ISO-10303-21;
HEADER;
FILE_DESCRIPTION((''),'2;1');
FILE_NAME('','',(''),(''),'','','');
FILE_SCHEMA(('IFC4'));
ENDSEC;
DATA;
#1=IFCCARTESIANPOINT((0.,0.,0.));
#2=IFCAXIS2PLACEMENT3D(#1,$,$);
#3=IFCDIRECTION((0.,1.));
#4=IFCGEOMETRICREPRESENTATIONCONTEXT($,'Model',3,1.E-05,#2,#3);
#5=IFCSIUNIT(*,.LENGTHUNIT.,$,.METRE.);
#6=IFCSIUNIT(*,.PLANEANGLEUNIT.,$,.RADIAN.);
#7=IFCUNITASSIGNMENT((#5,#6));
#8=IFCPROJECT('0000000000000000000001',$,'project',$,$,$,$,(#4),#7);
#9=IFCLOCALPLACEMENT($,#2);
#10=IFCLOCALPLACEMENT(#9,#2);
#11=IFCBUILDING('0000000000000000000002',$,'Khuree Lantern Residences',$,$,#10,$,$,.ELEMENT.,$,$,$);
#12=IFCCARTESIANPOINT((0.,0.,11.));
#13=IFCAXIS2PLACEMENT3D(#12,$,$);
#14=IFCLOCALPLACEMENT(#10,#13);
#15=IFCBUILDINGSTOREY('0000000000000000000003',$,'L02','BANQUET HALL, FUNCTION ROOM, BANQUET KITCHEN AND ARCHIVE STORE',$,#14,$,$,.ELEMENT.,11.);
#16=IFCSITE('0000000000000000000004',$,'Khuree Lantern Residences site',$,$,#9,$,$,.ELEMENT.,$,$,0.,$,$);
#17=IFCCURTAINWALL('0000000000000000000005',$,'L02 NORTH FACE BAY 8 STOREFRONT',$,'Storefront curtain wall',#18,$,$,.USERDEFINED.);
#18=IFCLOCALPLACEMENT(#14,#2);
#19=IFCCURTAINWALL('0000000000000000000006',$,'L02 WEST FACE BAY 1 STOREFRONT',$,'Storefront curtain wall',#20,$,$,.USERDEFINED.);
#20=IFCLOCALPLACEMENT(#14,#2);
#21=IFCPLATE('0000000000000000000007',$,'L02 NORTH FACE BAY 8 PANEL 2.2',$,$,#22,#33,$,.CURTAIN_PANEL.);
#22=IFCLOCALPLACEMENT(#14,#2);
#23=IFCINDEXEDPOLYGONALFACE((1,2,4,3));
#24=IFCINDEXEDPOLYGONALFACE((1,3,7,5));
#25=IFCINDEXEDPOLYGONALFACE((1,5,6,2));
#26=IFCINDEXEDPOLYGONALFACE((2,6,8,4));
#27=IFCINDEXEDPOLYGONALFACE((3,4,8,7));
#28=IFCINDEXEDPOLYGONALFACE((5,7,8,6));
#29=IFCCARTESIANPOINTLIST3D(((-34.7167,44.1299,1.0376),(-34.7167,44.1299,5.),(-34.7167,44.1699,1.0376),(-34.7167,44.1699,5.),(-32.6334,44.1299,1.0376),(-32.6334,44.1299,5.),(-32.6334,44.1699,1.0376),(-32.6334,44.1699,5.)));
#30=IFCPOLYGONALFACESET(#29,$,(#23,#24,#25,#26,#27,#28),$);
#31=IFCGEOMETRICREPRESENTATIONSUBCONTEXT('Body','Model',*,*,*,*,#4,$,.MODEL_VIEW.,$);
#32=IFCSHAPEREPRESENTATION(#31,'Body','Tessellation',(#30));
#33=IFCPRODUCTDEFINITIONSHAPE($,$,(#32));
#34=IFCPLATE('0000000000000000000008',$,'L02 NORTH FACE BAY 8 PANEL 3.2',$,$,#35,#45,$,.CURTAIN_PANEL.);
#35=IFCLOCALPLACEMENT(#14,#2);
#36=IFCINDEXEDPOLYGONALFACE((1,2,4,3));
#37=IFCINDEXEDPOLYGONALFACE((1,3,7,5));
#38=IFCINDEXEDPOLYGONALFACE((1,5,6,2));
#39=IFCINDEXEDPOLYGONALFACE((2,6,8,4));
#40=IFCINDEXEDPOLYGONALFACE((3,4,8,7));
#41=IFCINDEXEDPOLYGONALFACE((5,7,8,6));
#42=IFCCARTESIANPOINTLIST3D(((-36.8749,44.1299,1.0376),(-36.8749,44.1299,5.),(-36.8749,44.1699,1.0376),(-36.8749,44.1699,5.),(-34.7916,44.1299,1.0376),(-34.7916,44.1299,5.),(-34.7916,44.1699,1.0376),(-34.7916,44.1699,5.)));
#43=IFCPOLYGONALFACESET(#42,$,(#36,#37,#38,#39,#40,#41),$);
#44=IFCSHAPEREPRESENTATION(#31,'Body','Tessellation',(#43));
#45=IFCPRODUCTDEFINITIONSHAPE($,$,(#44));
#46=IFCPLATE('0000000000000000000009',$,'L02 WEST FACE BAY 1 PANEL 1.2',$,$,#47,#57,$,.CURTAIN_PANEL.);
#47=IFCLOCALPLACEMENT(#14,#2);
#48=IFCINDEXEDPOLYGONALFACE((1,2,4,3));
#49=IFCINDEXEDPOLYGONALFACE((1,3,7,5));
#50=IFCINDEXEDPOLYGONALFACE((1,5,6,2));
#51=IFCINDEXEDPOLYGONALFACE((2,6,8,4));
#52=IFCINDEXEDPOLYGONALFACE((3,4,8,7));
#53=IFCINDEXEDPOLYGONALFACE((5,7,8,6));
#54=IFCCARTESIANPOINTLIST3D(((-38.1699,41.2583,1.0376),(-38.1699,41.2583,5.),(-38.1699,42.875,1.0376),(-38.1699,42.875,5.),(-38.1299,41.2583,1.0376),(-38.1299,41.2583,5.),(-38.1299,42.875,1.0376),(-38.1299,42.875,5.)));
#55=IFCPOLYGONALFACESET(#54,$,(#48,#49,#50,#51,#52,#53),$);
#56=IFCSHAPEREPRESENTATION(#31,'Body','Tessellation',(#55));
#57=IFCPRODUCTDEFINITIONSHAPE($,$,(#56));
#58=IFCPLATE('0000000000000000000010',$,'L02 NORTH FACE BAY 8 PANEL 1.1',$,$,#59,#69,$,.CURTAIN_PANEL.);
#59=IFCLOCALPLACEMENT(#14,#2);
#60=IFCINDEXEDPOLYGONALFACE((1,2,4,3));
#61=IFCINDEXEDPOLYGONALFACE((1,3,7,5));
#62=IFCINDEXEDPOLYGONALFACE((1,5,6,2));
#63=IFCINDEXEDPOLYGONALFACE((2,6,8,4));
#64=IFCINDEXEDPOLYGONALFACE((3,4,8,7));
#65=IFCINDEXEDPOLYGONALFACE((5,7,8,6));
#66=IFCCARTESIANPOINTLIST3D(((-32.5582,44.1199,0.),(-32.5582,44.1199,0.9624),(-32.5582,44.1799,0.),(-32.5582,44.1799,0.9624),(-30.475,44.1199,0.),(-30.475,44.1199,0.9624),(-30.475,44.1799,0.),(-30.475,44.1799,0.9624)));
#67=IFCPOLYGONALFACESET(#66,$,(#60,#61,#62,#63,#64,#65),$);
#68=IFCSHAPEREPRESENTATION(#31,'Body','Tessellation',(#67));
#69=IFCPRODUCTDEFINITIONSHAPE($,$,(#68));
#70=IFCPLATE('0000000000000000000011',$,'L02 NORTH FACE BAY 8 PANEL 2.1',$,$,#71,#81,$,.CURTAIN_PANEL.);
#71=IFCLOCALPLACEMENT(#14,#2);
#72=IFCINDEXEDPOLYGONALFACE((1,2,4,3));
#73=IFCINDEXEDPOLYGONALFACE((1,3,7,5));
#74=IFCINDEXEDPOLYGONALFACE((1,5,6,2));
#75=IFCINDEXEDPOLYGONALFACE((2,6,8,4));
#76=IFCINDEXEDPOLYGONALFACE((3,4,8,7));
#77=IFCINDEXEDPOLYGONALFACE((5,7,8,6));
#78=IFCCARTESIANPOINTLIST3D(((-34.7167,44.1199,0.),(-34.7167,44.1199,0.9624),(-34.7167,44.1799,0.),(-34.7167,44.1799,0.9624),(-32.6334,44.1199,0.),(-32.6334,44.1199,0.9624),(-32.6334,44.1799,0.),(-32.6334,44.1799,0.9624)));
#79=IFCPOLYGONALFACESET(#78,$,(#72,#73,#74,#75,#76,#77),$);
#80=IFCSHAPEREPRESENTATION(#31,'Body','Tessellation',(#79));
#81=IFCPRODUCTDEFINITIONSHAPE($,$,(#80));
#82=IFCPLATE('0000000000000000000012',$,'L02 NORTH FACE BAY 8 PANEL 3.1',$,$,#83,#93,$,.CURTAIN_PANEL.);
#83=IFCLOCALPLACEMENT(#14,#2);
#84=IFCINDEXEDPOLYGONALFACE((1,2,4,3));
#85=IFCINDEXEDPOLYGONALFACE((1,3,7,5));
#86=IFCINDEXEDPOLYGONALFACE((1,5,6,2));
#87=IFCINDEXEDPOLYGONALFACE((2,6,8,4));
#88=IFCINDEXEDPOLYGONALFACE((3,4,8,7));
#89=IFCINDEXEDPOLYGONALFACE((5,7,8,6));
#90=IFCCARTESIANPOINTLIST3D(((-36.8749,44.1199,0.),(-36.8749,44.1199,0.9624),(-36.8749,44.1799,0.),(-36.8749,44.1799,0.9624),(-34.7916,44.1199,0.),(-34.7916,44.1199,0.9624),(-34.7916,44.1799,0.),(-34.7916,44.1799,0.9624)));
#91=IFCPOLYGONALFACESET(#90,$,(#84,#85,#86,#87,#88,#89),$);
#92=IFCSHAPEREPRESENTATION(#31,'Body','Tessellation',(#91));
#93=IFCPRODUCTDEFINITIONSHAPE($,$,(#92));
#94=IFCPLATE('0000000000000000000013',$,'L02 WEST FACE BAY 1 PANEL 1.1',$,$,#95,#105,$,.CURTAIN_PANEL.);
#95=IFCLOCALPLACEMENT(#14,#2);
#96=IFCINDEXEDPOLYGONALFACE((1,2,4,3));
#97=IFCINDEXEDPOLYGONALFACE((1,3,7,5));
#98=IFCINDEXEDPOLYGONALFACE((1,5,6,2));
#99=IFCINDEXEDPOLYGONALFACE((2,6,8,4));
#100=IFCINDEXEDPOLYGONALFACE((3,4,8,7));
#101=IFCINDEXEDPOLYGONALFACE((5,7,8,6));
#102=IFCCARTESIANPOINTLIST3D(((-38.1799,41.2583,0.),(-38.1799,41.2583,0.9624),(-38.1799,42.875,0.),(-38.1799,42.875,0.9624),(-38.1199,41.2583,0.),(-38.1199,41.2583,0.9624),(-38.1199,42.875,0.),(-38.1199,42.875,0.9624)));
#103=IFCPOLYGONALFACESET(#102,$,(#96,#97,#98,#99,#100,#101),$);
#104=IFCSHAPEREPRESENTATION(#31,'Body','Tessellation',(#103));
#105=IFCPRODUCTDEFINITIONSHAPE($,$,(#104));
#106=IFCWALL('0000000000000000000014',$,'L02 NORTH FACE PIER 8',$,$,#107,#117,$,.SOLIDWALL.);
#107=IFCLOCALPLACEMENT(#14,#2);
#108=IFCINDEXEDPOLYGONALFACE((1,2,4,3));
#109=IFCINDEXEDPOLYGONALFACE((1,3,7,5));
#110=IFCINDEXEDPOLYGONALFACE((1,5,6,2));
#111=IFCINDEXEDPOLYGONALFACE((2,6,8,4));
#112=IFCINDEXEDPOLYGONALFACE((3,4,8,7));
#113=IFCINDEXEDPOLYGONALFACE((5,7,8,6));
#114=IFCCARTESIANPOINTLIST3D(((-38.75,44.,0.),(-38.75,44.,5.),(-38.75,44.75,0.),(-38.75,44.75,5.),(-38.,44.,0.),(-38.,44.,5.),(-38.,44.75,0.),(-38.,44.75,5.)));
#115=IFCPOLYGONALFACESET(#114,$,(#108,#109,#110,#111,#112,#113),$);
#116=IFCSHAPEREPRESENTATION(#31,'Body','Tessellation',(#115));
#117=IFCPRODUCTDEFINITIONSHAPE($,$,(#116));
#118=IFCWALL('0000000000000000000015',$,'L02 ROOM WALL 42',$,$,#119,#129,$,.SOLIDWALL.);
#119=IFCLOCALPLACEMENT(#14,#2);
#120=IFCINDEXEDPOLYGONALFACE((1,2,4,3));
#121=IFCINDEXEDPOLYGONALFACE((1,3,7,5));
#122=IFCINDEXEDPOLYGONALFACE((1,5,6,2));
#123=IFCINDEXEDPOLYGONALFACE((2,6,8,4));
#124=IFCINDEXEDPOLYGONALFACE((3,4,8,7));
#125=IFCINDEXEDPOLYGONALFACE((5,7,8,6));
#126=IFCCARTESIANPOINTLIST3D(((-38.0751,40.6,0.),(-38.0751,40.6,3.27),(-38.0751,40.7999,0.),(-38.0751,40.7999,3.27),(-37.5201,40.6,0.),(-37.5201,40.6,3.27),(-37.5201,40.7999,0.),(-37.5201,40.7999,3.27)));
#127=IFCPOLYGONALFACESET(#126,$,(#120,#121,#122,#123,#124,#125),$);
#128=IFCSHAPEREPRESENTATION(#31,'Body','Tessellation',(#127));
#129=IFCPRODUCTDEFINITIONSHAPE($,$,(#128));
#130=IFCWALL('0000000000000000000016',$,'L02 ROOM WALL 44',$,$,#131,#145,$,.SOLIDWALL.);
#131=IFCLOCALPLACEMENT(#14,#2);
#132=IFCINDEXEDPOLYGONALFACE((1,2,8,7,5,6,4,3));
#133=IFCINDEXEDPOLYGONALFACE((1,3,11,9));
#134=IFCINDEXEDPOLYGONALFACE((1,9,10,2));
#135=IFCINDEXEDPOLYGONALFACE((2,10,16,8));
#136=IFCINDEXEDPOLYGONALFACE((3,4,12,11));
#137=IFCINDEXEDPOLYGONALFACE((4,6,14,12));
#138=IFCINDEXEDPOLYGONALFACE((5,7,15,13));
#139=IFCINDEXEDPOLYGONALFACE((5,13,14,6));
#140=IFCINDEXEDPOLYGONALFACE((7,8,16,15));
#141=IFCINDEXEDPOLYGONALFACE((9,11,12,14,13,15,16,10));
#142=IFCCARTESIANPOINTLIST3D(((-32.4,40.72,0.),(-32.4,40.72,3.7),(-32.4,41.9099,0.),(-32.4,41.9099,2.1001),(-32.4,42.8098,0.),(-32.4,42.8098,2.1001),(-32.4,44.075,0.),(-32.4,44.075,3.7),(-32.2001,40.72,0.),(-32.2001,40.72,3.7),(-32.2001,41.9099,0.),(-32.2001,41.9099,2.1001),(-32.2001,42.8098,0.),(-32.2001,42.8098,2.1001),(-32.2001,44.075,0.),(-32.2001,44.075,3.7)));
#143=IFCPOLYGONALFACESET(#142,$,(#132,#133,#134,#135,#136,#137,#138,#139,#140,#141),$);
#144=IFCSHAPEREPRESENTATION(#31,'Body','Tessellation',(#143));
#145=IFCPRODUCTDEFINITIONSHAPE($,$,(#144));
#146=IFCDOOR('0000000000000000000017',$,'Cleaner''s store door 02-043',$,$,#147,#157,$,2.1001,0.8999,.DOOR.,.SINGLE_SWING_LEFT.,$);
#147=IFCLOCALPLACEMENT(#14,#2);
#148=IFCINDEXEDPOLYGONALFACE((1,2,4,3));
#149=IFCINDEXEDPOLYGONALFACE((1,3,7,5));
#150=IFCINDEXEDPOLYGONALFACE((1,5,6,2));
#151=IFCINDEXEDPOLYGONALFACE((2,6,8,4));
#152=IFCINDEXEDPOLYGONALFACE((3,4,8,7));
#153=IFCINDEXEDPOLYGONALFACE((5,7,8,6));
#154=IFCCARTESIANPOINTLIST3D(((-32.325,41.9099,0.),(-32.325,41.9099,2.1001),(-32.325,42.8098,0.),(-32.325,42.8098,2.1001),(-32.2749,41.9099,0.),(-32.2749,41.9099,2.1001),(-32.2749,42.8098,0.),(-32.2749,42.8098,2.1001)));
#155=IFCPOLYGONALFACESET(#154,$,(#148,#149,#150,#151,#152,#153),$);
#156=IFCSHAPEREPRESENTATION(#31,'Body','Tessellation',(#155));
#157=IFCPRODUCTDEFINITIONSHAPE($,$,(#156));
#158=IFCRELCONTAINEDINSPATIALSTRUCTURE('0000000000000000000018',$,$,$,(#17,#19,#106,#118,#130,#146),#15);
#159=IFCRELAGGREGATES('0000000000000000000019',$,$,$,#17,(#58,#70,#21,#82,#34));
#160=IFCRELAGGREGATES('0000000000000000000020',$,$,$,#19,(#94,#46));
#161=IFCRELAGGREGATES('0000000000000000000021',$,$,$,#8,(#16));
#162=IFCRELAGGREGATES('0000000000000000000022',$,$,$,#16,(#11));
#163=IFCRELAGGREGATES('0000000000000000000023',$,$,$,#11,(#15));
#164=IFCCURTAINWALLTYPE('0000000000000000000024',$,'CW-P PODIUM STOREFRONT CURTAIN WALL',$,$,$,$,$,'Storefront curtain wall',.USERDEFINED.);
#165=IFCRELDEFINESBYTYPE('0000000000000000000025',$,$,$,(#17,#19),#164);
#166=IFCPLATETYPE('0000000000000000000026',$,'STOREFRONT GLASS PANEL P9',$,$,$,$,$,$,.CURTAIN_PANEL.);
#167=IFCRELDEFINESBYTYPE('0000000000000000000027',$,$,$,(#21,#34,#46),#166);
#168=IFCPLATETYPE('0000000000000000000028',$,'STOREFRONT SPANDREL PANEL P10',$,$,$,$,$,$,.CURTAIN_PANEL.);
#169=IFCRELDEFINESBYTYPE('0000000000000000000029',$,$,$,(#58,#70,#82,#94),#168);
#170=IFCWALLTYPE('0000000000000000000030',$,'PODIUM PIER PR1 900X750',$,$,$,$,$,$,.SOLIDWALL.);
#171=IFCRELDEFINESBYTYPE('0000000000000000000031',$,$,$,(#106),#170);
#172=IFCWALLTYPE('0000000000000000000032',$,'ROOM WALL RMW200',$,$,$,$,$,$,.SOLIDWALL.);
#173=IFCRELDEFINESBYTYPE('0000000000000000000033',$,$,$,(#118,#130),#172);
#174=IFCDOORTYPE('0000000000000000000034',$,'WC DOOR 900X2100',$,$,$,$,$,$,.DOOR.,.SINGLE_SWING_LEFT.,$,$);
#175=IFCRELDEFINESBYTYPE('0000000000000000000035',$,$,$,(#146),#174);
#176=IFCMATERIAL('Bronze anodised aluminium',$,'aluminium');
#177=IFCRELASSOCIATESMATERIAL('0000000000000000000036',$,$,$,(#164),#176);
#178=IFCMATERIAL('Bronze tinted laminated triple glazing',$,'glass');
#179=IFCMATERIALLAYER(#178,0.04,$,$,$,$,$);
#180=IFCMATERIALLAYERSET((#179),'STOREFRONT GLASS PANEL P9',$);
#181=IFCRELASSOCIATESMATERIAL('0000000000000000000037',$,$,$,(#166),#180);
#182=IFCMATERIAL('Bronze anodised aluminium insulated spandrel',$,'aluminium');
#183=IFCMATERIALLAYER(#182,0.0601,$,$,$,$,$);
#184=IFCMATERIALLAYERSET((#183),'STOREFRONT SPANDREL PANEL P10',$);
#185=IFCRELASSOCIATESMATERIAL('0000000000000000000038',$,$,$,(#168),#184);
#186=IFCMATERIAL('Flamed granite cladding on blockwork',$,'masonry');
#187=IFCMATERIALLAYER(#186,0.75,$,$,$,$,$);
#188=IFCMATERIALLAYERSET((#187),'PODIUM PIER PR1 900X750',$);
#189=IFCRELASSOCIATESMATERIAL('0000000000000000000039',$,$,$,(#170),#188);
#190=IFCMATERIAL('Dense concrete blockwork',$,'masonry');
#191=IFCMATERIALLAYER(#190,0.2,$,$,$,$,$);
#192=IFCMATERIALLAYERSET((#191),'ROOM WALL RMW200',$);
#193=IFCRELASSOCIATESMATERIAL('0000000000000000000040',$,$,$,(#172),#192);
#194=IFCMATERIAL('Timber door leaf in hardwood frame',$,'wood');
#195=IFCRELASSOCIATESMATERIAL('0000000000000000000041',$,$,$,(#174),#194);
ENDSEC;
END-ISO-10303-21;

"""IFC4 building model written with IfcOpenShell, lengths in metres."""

from ifc_helpers import new_model, si_unit, direction, frame, frame_2d, origin, origin_2d, place, context, subcontext, project, spatial, rectangle, extrude, material, layer, layer_set, type_object, element, fill, aggregate, save


model = new_model("IFC4")

# Units and contexts
model_context = context("Model", 3, precision=1e-05, world=origin(), true_north=direction((0.0, 1.0)))
body_context = subcontext(model_context, "Body", "Model", "MODEL_VIEW")
ifc_project = project(units=[si_unit("LENGTHUNIT", "METRE"), si_unit("PLANEANGLEUNIT", "RADIAN")], contexts=[model_context])

# Site, building, storey
site_placement = place(None, origin())
site = spatial("IfcSite", under=ifc_project, at=site_placement, Name="Khuree Lantern Residences site", CompositionType="ELEMENT", RefElevation=0.0)
building_placement = place(site_placement, origin())
building = spatial("IfcBuilding", under=site, at=building_placement, Name="Khuree Lantern Residences", CompositionType="ELEMENT")
storey_placement = place(building_placement, frame((0.0, 0.0, 11.0)))
storey = spatial("IfcBuildingStorey", under=building, at=storey_placement, Name="L02", Description="BANQUET HALL, FUNCTION ROOM, BANQUET KITCHEN AND ARCHIVE STORE", CompositionType="ELEMENT", Elevation=11.0)

# Curtain walls
ifc_material_1 = material(Name="Bronze anodised aluminium", Category="aluminium")
curtain_wall_type = type_object("IfcCurtainWallType", Name="CW-P PODIUM STOREFRONT CURTAIN WALL", ElementType="Storefront curtain wall", PredefinedType="USERDEFINED", material=ifc_material_1)
curtain_wall_1_placement = place(storey_placement, origin())
curtain_wall_1 = element("IfcCurtainWall", 1, at=curtain_wall_1_placement, inside=storey, type_object=curtain_wall_type, Name="L02 NORTH FACE BAY 8 STOREFRONT", ObjectType="Storefront curtain wall", PredefinedType="USERDEFINED")
curtain_wall_2_placement = place(storey_placement, origin())
curtain_wall_2 = element("IfcCurtainWall", 2, at=curtain_wall_2_placement, inside=storey, type_object=curtain_wall_type, Name="L02 WEST FACE BAY 1 STOREFRONT", ObjectType="Storefront curtain wall", PredefinedType="USERDEFINED")

# Plates
ifc_material_2 = material(Name="Bronze tinted laminated triple glazing", Category="glass")
ifc_layer_1 = layer(ifc_material_2, 0.04)
ifc_layer_set_1 = layer_set([ifc_layer_1], Name="STOREFRONT GLASS PANEL P9")
plate_type_1 = type_object("IfcPlateType", Name="STOREFRONT GLASS PANEL P9", PredefinedType="CURTAIN_PANEL", material=ifc_layer_set_1)
plate_1_placement = place(storey_placement, frame((-33.675, 44.1499, 1.0376), z_axis=(0.0, 0.0, 1.0), x_axis=(-1.0, 0.0, 0.0)))
plate_1 = element("IfcPlate", 3, at=plate_1_placement, type_object=plate_type_1, Name="L02 NORTH FACE BAY 8 PANEL 2.2", PredefinedType="CURTAIN_PANEL", context=body_context, shape_type="SweptSolid", body=[
    extrude(rectangle(XDim=2.0833, YDim=0.04, at=origin_2d()), origin(), (0.0, 0.0, 1.0), 3.9624),
])
plate_2_placement = place(storey_placement, frame((-35.8333, 44.1499, 1.0376), z_axis=(0.0, 0.0, 1.0), x_axis=(-1.0, 0.0, 0.0)))
plate_2 = element("IfcPlate", 4, at=plate_2_placement, type_object=plate_type_1, Name="L02 NORTH FACE BAY 8 PANEL 3.2", PredefinedType="CURTAIN_PANEL", context=body_context, shape_type="SweptSolid", body=[
    extrude(rectangle(XDim=2.0833, YDim=0.04, at=origin_2d()), origin(), (0.0, 0.0, 1.0), 3.9624),
])
plate_3_placement = place(storey_placement, frame((-38.1499, 42.0667, 1.0376), z_axis=(0.0, 0.0, 1.0), x_axis=(0.0, -1.0, 0.0)))
plate_3 = element("IfcPlate", 5, at=plate_3_placement, type_object=plate_type_1, Name="L02 WEST FACE BAY 1 PANEL 1.2", PredefinedType="CURTAIN_PANEL", context=body_context, shape_type="SweptSolid", body=[
    extrude(rectangle(XDim=1.6167, YDim=0.04, at=origin_2d()), origin(), (0.0, 0.0, 1.0), 3.9624),
])
ifc_material_3 = material(Name="Bronze anodised aluminium insulated spandrel", Category="aluminium")
ifc_layer_2 = layer(ifc_material_3, 0.0601)
ifc_layer_set_2 = layer_set([ifc_layer_2], Name="STOREFRONT SPANDREL PANEL P10")
plate_type_2 = type_object("IfcPlateType", Name="STOREFRONT SPANDREL PANEL P10", PredefinedType="CURTAIN_PANEL", material=ifc_layer_set_2)
plate_4_placement = place(storey_placement, frame((-31.5166, 44.1499, 0.0), z_axis=(0.0, 0.0, 1.0), x_axis=(-1.0, 0.0, 0.0)))
plate_4 = element("IfcPlate", 6, at=plate_4_placement, type_object=plate_type_2, Name="L02 NORTH FACE BAY 8 PANEL 1.1", PredefinedType="CURTAIN_PANEL", context=body_context, shape_type="SweptSolid", body=[
    extrude(rectangle(XDim=2.0833, YDim=0.0601, at=origin_2d()), origin(), (0.0, 0.0, 1.0), 0.9624),
])
plate_5_placement = place(storey_placement, frame((-33.675, 44.1499, 0.0), z_axis=(0.0, 0.0, 1.0), x_axis=(-1.0, 0.0, 0.0)))
plate_5 = element("IfcPlate", 7, at=plate_5_placement, type_object=plate_type_2, Name="L02 NORTH FACE BAY 8 PANEL 2.1", PredefinedType="CURTAIN_PANEL", context=body_context, shape_type="SweptSolid", body=[
    extrude(rectangle(XDim=2.0833, YDim=0.0601, at=origin_2d()), origin(), (0.0, 0.0, 1.0), 0.9624),
])
plate_6_placement = place(storey_placement, frame((-35.8333, 44.1499, 0.0), z_axis=(0.0, 0.0, 1.0), x_axis=(-1.0, 0.0, 0.0)))
plate_6 = element("IfcPlate", 8, at=plate_6_placement, type_object=plate_type_2, Name="L02 NORTH FACE BAY 8 PANEL 3.1", PredefinedType="CURTAIN_PANEL", context=body_context, shape_type="SweptSolid", body=[
    extrude(rectangle(XDim=2.0833, YDim=0.0601, at=origin_2d()), origin(), (0.0, 0.0, 1.0), 0.9624),
])
aggregate(curtain_wall_1, [plate_4, plate_5, plate_1, plate_6, plate_2])
plate_7_placement = place(storey_placement, frame((-38.1499, 42.0667, 0.0), z_axis=(0.0, 0.0, 1.0), x_axis=(0.0, -1.0, 0.0)))
plate_7 = element("IfcPlate", 9, at=plate_7_placement, type_object=plate_type_2, Name="L02 WEST FACE BAY 1 PANEL 1.1", PredefinedType="CURTAIN_PANEL", context=body_context, shape_type="SweptSolid", body=[
    extrude(rectangle(XDim=1.6167, YDim=0.0601, at=origin_2d()), origin(), (0.0, 0.0, 1.0), 0.9624),
])
aggregate(curtain_wall_2, [plate_7, plate_3])

# Walls
ifc_material_4 = material(Name="Flamed granite cladding on blockwork", Category="masonry")
ifc_layer_3 = layer(ifc_material_4, 0.75)
ifc_layer_set_3 = layer_set([ifc_layer_3], Name="PODIUM PIER PR1 900X750")
wall_type_1 = type_object("IfcWallType", Name="PODIUM PIER PR1 900X750", PredefinedType="SOLIDWALL", material=ifc_layer_set_3)
wall_1_placement = place(storey_placement, frame((-38.0, 44.375, 0.0), z_axis=(0.0, 0.0, 1.0), x_axis=(-1.0, 0.0, 0.0)))
element("IfcWall", 10, at=wall_1_placement, inside=storey, type_object=wall_type_1, Name="L02 NORTH FACE PIER 8", PredefinedType="SOLIDWALL", context=body_context, shape_type="SweptSolid", body=[
    extrude(rectangle(XDim=0.75, YDim=0.75, at=frame_2d((0.375, 0.0))), origin(), (0.0, 0.0, 1.0), 5.0),
])
ifc_material_5 = material(Name="Dense concrete blockwork", Category="masonry")
ifc_layer_4 = layer(ifc_material_5, 0.2)
ifc_layer_set_4 = layer_set([ifc_layer_4], Name="ROOM WALL RMW200")
wall_type_2 = type_object("IfcWallType", Name="ROOM WALL RMW200", PredefinedType="SOLIDWALL", material=ifc_layer_set_4)
wall_2_placement = place(storey_placement, frame((-38.075, 40.7, 0.0), z_axis=(0.0, 0.0, 1.0), x_axis=(1.0, 0.0, 0.0)))
element("IfcWall", 11, at=wall_2_placement, inside=storey, type_object=wall_type_2, Name="L02 ROOM WALL 42", PredefinedType="SOLIDWALL", context=body_context, shape_type="SweptSolid", body=[
    extrude(rectangle(XDim=0.5549, YDim=0.2, at=frame_2d((0.2773, 0.0))), origin(), (0.0, 0.0, 1.0), 3.27),
])

# Wall, opening, door
wall_3_placement = place(storey_placement, frame((-32.3, 40.72, 0.0), z_axis=(0.0, 0.0, 1.0), x_axis=(0.0, 1.0, 0.0)))
wall_3 = element("IfcWall", 12, at=wall_3_placement, inside=storey, type_object=wall_type_2, Name="L02 ROOM WALL 44", PredefinedType="SOLIDWALL", context=body_context, shape_type="SweptSolid", body=[
    extrude(rectangle(XDim=3.355, YDim=0.2, at=frame_2d((1.6775, 0.0))), origin(), (0.0, 0.0, 1.0), 3.7),
])
opening_placement = place(wall_3_placement, frame((1.1899, 0.0, 0.0)))
opening = element("IfcOpeningElement", 13, at=opening_placement, cuts=wall_3, PredefinedType="OPENING", context=body_context, shape_type="SweptSolid", body=[
    extrude(rectangle(XDim=0.8999, YDim=2.1001, at=frame_2d((0.45, 1.05))), frame((0.0, 0.1099, 0.0), z_axis=(0.0, -1.0, 0.0), x_axis=(1.0, 0.0, 0.0)), (0.0, 0.0, 1.0), 0.22),
])
ifc_material_6 = material(Name="Timber door leaf in hardwood frame", Category="wood")
door_type = type_object("IfcDoorType", Name="WC DOOR 900X2100", OperationType="SINGLE_SWING_LEFT", PredefinedType="DOOR", material=ifc_material_6)
door_placement = place(opening_placement, origin())
door = element("IfcDoor", 14, at=door_placement, inside=storey, type_object=door_type, Name="Cleaner's store door 02-043", OperationType="SINGLE_SWING_LEFT", OverallHeight=2.1001, OverallWidth=0.8999, PredefinedType="DOOR", context=body_context, shape_type="SweptSolid", body=[
    extrude(rectangle(XDim=0.8999, YDim=2.1001, at=frame_2d((0.45, 1.05))), frame((0.0, 0.0249, 0.0), z_axis=(0.0, -1.0, 0.0), x_axis=(1.0, 0.0, 0.0)), (0.0, 0.0, 1.0), 0.05),
])
fill(opening, door)

save(model, "model.ifc")
